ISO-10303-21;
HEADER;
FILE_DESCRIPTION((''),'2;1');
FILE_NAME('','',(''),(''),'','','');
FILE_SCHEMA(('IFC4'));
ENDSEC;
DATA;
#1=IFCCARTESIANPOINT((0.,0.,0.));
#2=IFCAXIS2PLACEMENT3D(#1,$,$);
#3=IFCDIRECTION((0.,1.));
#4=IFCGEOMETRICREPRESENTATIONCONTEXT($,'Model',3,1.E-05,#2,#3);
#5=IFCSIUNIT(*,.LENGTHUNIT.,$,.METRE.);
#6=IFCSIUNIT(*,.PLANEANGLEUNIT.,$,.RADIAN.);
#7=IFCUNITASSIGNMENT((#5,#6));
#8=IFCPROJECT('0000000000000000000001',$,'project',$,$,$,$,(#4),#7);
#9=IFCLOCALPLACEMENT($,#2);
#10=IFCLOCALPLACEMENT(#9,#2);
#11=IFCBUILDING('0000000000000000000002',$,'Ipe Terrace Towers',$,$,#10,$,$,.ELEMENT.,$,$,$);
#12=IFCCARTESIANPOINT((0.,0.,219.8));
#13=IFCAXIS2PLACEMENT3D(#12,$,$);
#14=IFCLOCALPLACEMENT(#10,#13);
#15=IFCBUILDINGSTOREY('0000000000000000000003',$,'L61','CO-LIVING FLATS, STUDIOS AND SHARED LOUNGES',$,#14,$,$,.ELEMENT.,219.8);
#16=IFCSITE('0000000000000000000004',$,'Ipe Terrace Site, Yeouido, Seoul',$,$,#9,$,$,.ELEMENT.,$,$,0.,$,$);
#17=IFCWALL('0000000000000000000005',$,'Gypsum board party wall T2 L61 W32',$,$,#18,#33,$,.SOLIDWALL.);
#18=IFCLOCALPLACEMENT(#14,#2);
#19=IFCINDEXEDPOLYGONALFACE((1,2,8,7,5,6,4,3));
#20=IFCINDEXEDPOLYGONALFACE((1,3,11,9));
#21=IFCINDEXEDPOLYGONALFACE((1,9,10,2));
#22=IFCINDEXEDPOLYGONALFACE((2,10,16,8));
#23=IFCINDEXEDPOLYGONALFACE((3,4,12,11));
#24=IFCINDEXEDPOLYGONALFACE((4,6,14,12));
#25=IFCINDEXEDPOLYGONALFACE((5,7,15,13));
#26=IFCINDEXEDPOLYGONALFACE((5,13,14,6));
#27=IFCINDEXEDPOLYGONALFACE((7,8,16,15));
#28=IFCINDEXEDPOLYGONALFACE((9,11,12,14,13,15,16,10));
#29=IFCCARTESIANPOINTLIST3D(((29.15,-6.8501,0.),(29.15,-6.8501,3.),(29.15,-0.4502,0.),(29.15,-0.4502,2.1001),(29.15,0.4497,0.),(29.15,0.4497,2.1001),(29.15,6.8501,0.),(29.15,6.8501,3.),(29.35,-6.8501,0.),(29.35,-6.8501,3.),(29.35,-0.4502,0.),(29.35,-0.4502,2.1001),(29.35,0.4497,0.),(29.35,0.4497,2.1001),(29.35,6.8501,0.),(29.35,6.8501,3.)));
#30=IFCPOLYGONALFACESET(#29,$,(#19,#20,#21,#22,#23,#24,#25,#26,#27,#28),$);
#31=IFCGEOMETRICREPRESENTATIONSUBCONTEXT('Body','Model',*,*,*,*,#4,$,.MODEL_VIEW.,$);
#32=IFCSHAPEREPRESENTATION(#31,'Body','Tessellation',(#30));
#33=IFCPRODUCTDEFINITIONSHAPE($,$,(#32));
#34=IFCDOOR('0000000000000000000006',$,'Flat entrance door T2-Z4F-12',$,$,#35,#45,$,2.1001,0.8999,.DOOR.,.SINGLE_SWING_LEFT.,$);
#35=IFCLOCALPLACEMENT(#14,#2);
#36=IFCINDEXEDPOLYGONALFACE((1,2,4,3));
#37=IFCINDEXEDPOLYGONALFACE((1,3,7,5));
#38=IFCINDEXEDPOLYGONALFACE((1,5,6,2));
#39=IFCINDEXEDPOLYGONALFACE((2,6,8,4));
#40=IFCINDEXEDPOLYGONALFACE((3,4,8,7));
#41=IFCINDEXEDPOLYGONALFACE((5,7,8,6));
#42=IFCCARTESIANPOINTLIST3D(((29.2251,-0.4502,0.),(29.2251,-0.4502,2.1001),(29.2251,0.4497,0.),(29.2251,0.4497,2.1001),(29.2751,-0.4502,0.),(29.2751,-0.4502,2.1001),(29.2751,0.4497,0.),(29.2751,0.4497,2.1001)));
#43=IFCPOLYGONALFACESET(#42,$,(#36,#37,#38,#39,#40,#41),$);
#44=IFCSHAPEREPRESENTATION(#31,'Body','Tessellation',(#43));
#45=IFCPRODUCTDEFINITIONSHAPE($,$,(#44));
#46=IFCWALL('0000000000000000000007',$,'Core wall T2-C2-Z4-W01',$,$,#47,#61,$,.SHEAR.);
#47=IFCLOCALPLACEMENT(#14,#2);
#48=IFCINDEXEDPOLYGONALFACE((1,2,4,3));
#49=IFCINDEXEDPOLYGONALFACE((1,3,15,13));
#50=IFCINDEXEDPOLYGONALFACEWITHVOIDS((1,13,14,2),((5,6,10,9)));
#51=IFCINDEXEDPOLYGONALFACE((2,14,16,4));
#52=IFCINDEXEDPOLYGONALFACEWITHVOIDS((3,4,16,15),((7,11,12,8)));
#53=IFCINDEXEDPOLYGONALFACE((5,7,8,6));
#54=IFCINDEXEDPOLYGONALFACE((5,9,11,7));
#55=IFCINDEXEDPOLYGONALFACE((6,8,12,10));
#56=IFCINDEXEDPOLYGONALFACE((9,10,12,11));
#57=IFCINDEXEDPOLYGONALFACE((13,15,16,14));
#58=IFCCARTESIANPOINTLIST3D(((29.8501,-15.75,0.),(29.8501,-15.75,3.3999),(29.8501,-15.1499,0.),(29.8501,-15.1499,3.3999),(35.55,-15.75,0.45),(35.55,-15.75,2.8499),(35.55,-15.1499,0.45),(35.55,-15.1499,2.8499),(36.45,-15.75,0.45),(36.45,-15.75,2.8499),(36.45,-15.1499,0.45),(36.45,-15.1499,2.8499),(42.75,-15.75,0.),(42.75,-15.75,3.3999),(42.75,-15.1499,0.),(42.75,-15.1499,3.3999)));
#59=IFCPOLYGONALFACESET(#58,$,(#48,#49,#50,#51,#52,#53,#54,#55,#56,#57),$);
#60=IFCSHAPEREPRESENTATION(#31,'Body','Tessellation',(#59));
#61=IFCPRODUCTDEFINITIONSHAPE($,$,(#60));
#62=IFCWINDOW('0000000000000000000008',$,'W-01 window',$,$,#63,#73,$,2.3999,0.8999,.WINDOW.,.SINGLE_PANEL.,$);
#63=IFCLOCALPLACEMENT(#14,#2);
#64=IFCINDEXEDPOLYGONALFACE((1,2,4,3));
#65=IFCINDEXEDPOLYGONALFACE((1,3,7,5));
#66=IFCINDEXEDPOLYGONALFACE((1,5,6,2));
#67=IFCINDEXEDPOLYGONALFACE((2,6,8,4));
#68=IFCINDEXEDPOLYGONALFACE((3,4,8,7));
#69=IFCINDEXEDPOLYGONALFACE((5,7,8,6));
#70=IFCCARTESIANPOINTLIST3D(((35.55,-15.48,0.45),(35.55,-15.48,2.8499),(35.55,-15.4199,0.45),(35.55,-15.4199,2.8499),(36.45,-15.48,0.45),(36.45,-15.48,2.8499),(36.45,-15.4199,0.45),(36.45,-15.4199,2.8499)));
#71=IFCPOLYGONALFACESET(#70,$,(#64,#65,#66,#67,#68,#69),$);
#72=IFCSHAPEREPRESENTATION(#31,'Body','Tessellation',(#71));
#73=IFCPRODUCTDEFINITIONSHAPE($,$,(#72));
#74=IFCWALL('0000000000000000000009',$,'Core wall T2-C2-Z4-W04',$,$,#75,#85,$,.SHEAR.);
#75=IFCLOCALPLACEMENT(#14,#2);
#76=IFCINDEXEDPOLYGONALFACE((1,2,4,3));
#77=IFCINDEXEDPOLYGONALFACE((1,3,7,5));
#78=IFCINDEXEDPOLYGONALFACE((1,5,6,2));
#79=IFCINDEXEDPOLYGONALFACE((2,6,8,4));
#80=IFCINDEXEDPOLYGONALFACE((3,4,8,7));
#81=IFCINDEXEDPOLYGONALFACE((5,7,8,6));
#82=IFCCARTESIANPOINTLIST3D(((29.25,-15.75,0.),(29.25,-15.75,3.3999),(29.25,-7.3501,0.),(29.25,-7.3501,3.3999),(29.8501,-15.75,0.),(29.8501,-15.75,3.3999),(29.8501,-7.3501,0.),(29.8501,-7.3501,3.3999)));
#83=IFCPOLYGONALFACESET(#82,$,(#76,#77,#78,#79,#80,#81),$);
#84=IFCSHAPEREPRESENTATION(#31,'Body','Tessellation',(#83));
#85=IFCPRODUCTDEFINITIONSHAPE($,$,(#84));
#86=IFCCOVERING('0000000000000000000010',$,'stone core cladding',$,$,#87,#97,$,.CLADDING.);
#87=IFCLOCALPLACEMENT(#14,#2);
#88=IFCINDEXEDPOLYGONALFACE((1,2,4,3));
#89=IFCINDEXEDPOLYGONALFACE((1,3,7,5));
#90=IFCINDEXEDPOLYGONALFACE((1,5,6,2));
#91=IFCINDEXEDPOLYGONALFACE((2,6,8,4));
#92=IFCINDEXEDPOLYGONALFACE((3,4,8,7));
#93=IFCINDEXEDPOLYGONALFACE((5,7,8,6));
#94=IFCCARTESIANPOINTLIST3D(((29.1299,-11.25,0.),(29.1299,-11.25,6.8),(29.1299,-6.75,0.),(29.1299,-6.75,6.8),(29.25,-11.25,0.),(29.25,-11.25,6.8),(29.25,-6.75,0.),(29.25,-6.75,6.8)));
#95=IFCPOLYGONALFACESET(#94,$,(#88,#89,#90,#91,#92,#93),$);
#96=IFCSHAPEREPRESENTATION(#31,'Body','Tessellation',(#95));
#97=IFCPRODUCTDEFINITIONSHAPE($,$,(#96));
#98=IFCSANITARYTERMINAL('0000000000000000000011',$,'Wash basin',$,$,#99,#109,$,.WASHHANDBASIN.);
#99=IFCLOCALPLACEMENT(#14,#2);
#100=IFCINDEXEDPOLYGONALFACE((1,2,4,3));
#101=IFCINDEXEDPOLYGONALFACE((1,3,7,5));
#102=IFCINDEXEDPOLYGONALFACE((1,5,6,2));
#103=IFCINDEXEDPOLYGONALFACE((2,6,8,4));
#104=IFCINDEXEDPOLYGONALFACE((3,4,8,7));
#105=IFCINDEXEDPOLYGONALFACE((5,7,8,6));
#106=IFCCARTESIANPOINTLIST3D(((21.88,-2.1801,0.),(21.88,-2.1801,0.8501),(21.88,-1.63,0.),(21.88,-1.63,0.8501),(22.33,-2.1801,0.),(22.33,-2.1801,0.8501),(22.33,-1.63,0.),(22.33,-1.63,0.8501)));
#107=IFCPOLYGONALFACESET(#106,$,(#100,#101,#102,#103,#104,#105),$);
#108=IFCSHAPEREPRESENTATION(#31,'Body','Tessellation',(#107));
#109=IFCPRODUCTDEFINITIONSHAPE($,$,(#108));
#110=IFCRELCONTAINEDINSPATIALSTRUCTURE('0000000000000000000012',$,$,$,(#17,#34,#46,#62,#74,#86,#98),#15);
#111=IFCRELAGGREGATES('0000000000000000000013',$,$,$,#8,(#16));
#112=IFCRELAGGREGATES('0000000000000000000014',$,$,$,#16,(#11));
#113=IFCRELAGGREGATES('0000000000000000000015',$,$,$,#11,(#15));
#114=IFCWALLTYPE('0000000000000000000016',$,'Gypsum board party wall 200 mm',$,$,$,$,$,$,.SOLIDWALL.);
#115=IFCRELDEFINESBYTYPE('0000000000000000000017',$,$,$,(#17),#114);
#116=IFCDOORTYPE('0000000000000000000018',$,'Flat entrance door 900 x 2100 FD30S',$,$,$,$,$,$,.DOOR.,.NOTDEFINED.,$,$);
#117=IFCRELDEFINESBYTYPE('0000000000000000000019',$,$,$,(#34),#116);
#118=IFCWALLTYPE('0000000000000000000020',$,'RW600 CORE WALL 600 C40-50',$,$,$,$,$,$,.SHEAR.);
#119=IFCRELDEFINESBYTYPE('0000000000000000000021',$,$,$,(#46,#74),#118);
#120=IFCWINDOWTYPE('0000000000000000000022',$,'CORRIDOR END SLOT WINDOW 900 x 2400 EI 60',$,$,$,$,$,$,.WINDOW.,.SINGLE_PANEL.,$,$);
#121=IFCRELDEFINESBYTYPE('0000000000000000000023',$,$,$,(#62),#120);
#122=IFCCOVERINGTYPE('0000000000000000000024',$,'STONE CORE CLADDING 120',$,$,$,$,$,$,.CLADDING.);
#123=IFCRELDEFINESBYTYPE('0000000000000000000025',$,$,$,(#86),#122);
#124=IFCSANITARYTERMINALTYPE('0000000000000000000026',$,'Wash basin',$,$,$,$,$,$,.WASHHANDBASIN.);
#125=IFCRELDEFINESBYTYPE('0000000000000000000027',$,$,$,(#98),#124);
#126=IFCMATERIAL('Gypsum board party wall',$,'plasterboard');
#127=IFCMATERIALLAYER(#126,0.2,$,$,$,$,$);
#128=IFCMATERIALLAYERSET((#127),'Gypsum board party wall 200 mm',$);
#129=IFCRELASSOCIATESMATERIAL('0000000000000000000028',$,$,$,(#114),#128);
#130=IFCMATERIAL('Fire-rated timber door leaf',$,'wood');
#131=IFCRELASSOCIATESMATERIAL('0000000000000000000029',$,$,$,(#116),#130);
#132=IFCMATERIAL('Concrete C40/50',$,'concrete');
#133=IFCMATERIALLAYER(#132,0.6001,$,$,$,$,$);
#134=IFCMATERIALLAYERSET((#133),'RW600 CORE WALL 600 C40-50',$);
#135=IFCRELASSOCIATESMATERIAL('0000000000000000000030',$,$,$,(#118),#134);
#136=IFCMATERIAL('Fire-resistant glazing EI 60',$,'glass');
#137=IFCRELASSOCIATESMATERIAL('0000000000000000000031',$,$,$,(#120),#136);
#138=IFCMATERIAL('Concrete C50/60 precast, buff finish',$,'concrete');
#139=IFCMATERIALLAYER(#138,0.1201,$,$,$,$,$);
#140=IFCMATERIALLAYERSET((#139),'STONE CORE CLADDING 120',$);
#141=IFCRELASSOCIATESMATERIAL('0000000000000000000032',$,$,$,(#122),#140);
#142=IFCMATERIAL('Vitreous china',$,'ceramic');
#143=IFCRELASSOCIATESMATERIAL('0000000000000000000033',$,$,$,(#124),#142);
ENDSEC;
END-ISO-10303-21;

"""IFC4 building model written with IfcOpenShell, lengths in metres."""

from ifc_helpers import new_model, si_unit, direction, frame, frame_2d, origin, origin_2d, place, context, subcontext, project, spatial, rectangle, extrude, material, layer, layer_set, type_object, element, fill, save


model = new_model("IFC4")

# Units and contexts
model_context = context("Model", 3, precision=1e-05, world=origin(), true_north=direction((0.0, 1.0)))
body_context = subcontext(model_context, "Body", "Model", "MODEL_VIEW")
ifc_project = project(units=[si_unit("LENGTHUNIT", "METRE"), si_unit("PLANEANGLEUNIT", "RADIAN")], contexts=[model_context])

# Site, building, storey
site_placement = place(None, origin())
site = spatial("IfcSite", under=ifc_project, at=site_placement, Name="Ipe Terrace Site, Yeouido, Seoul", CompositionType="ELEMENT", RefElevation=0.0)
building_placement = place(site_placement, origin())
building = spatial("IfcBuilding", under=site, at=building_placement, Name="Ipe Terrace Towers", CompositionType="ELEMENT")
storey_placement = place(building_placement, frame((0.0, 0.0, 219.8)))
storey = spatial("IfcBuildingStorey", under=building, at=storey_placement, Name="L61", Description="CO-LIVING FLATS, STUDIOS AND SHARED LOUNGES", CompositionType="ELEMENT", Elevation=219.8)

# Shared definitions
ifc_material_1 = material(Name="Gypsum board party wall", Category="plasterboard")
ifc_layer_1 = layer(ifc_material_1, 0.2)
ifc_layer_set_1 = layer_set([ifc_layer_1], Name="Gypsum board party wall 200 mm")
wall_type_1 = type_object("IfcWallType", Name="Gypsum board party wall 200 mm", PredefinedType="SOLIDWALL", material=ifc_layer_set_1)

# Wall, opening, door
wall_1_placement = place(storey_placement, frame((29.25, -6.8501, 0.0), z_axis=(0.0, 0.0, 1.0), x_axis=(0.0, 1.0, 0.0)))
wall_1 = element("IfcWall", 1, at=wall_1_placement, inside=storey, type_object=wall_type_1, Name="Gypsum board party wall T2 L61 W32", PredefinedType="SOLIDWALL", context=body_context, shape_type="SweptSolid", body=[
    extrude(rectangle(XDim=13.7002, YDim=0.2, at=frame_2d((6.8501, 0.0))), origin(), (0.0, 0.0, 1.0), 3.0),
])
opening_1_placement = place(wall_1_placement, frame((6.3999, 0.0, 0.0)))
opening_1 = element("IfcOpeningElement", 2, at=opening_1_placement, cuts=wall_1, PredefinedType="OPENING", context=body_context, shape_type="SweptSolid", body=[
    extrude(rectangle(XDim=0.8999, YDim=2.1001, at=frame_2d((0.45, 1.05))), frame((0.0, 0.1099, 0.0), z_axis=(0.0, -1.0, 0.0), x_axis=(1.0, 0.0, 0.0)), (0.0, 0.0, 1.0), 0.22),
])
ifc_material_2 = material(Name="Fire-rated timber door leaf", Category="wood")
door_type_1 = type_object("IfcDoorType", Name="Flat entrance door 900 x 2100 FD30S", OperationType="NOTDEFINED", PredefinedType="DOOR", material=ifc_material_2)
door_1_placement = place(opening_1_placement, origin())
door_1 = element("IfcDoor", 3, at=door_1_placement, inside=storey, type_object=door_type_1, Name="Flat entrance door T2-Z4F-12", OperationType="SINGLE_SWING_LEFT", OverallHeight=2.1001, OverallWidth=0.8999, PredefinedType="DOOR", context=body_context, shape_type="SweptSolid", body=[
    extrude(rectangle(XDim=0.8999, YDim=2.1001, at=frame_2d((0.45, 1.05))), frame((0.0, 0.0249, 0.0), z_axis=(0.0, -1.0, 0.0), x_axis=(1.0, 0.0, 0.0)), (0.0, 0.0, 1.0), 0.05),
])
fill(opening_1, door_1)

# Wall, opening, window
ifc_material_3 = material(Name="Concrete C40/50", Category="concrete")
ifc_layer_2 = layer(ifc_material_3, 0.6001)
ifc_layer_set_2 = layer_set([ifc_layer_2], Name="RW600 CORE WALL 600 C40-50")
wall_type_2 = type_object("IfcWallType", Name="RW600 CORE WALL 600 C40-50", PredefinedType="SHEAR", material=ifc_layer_set_2)
wall_2_placement = place(storey_placement, frame((29.8501, -15.45, 0.0), z_axis=(0.0, 0.0, 1.0), x_axis=(1.0, 0.0, 0.0)))
wall_2 = element("IfcWall", 4, at=wall_2_placement, inside=storey, type_object=wall_type_2, Name="Core wall T2-C2-Z4-W01", PredefinedType="SHEAR", context=body_context, shape_type="SweptSolid", body=[
    extrude(rectangle(XDim=12.8999, YDim=0.6001, at=frame_2d((6.45, 0.0))), origin(), (0.0, 0.0, 1.0), 3.3999),
])
opening_2_placement = place(wall_2_placement, frame((5.7, 0.0, 0.45)))
opening_2 = element("IfcOpeningElement", 5, at=opening_2_placement, cuts=wall_2, PredefinedType="OPENING", context=body_context, shape_type="SweptSolid", body=[
    extrude(rectangle(XDim=0.8999, YDim=2.3999, at=frame_2d((0.45, 1.2))), frame((0.0, 0.3101, 0.0), z_axis=(0.0, -1.0, 0.0), x_axis=(1.0, 0.0, 0.0)), (0.0, 0.0, 1.0), 0.6201),
])
ifc_material_4 = material(Name="Fire-resistant glazing EI 60", Category="glass")
window_type = type_object("IfcWindowType", Name="CORRIDOR END SLOT WINDOW 900 x 2400 EI 60", PartitioningType="SINGLE_PANEL", PredefinedType="WINDOW", material=ifc_material_4)
window_placement = place(opening_2_placement, origin())
window = element("IfcWindow", 6, at=window_placement, inside=storey, type_object=window_type, Name="W-01 window", OverallHeight=2.3999, OverallWidth=0.8999, PartitioningType="SINGLE_PANEL", PredefinedType="WINDOW", context=body_context, shape_type="SweptSolid", body=[
    extrude(rectangle(XDim=0.8999, YDim=2.3999, at=frame_2d((0.45, 1.2))), frame((0.0, 0.03, 0.0), z_axis=(0.0, -1.0, 0.0), x_axis=(1.0, 0.0, 0.0)), (0.0, 0.0, 1.0), 0.0601),
])
fill(opening_2, window)

# Wall
wall_3_placement = place(storey_placement, frame((29.55, -7.3501, 0.0), z_axis=(0.0, 0.0, 1.0), x_axis=(0.0, -1.0, 0.0)))
element("IfcWall", 7, at=wall_3_placement, inside=storey, type_object=wall_type_2, Name="Core wall T2-C2-Z4-W04", PredefinedType="SHEAR", context=body_context, shape_type="SweptSolid", body=[
    extrude(rectangle(XDim=8.3999, YDim=0.6001, at=frame_2d((4.2, 0.0))), origin(), (0.0, 0.0, 1.0), 3.3999),
])

# Covering
ifc_material_5 = material(Name="Concrete C50/60 precast, buff finish", Category="concrete")
ifc_layer_3 = layer(ifc_material_5, 0.1201)
ifc_layer_set_3 = layer_set([ifc_layer_3], Name="STONE CORE CLADDING 120")
covering_type = type_object("IfcCoveringType", Name="STONE CORE CLADDING 120", PredefinedType="CLADDING", material=ifc_layer_set_3)
covering_placement = place(storey_placement, frame((29.1899, -9.0, 0.0), z_axis=(0.0, 0.0, 1.0), x_axis=(0.0, -1.0, 0.0)))
element("IfcCovering", 8, at=covering_placement, inside=storey, type_object=covering_type, Name="stone core cladding", PredefinedType="CLADDING", context=body_context, shape_type="SweptSolid", body=[
    extrude(rectangle(XDim=4.5, YDim=0.1201, at=origin_2d()), origin(), (0.0, 0.0, 1.0), 6.8),
])

# Sanitary terminal
ifc_material_6 = material(Name="Vitreous china", Category="ceramic")
sanitary_terminal_type = type_object("IfcSanitaryTerminalType", Name="Wash basin", PredefinedType="WASHHANDBASIN", material=ifc_material_6)
sanitary_terminal_placement = place(storey_placement, frame((22.105, -1.905, 0.0), z_axis=(0.0, 0.0, 1.0), x_axis=(0.0, 1.0, 0.0)))
element("IfcSanitaryTerminal", 9, at=sanitary_terminal_placement, inside=storey, type_object=sanitary_terminal_type, Name="Wash basin", PredefinedType="WASHHANDBASIN", context=body_context, shape_type="SweptSolid", body=[
    extrude(rectangle(XDim=0.55, YDim=0.45, at=origin_2d()), origin(), (0.0, 0.0, 1.0), 0.8501),
])

save(model, "model.ifc")
